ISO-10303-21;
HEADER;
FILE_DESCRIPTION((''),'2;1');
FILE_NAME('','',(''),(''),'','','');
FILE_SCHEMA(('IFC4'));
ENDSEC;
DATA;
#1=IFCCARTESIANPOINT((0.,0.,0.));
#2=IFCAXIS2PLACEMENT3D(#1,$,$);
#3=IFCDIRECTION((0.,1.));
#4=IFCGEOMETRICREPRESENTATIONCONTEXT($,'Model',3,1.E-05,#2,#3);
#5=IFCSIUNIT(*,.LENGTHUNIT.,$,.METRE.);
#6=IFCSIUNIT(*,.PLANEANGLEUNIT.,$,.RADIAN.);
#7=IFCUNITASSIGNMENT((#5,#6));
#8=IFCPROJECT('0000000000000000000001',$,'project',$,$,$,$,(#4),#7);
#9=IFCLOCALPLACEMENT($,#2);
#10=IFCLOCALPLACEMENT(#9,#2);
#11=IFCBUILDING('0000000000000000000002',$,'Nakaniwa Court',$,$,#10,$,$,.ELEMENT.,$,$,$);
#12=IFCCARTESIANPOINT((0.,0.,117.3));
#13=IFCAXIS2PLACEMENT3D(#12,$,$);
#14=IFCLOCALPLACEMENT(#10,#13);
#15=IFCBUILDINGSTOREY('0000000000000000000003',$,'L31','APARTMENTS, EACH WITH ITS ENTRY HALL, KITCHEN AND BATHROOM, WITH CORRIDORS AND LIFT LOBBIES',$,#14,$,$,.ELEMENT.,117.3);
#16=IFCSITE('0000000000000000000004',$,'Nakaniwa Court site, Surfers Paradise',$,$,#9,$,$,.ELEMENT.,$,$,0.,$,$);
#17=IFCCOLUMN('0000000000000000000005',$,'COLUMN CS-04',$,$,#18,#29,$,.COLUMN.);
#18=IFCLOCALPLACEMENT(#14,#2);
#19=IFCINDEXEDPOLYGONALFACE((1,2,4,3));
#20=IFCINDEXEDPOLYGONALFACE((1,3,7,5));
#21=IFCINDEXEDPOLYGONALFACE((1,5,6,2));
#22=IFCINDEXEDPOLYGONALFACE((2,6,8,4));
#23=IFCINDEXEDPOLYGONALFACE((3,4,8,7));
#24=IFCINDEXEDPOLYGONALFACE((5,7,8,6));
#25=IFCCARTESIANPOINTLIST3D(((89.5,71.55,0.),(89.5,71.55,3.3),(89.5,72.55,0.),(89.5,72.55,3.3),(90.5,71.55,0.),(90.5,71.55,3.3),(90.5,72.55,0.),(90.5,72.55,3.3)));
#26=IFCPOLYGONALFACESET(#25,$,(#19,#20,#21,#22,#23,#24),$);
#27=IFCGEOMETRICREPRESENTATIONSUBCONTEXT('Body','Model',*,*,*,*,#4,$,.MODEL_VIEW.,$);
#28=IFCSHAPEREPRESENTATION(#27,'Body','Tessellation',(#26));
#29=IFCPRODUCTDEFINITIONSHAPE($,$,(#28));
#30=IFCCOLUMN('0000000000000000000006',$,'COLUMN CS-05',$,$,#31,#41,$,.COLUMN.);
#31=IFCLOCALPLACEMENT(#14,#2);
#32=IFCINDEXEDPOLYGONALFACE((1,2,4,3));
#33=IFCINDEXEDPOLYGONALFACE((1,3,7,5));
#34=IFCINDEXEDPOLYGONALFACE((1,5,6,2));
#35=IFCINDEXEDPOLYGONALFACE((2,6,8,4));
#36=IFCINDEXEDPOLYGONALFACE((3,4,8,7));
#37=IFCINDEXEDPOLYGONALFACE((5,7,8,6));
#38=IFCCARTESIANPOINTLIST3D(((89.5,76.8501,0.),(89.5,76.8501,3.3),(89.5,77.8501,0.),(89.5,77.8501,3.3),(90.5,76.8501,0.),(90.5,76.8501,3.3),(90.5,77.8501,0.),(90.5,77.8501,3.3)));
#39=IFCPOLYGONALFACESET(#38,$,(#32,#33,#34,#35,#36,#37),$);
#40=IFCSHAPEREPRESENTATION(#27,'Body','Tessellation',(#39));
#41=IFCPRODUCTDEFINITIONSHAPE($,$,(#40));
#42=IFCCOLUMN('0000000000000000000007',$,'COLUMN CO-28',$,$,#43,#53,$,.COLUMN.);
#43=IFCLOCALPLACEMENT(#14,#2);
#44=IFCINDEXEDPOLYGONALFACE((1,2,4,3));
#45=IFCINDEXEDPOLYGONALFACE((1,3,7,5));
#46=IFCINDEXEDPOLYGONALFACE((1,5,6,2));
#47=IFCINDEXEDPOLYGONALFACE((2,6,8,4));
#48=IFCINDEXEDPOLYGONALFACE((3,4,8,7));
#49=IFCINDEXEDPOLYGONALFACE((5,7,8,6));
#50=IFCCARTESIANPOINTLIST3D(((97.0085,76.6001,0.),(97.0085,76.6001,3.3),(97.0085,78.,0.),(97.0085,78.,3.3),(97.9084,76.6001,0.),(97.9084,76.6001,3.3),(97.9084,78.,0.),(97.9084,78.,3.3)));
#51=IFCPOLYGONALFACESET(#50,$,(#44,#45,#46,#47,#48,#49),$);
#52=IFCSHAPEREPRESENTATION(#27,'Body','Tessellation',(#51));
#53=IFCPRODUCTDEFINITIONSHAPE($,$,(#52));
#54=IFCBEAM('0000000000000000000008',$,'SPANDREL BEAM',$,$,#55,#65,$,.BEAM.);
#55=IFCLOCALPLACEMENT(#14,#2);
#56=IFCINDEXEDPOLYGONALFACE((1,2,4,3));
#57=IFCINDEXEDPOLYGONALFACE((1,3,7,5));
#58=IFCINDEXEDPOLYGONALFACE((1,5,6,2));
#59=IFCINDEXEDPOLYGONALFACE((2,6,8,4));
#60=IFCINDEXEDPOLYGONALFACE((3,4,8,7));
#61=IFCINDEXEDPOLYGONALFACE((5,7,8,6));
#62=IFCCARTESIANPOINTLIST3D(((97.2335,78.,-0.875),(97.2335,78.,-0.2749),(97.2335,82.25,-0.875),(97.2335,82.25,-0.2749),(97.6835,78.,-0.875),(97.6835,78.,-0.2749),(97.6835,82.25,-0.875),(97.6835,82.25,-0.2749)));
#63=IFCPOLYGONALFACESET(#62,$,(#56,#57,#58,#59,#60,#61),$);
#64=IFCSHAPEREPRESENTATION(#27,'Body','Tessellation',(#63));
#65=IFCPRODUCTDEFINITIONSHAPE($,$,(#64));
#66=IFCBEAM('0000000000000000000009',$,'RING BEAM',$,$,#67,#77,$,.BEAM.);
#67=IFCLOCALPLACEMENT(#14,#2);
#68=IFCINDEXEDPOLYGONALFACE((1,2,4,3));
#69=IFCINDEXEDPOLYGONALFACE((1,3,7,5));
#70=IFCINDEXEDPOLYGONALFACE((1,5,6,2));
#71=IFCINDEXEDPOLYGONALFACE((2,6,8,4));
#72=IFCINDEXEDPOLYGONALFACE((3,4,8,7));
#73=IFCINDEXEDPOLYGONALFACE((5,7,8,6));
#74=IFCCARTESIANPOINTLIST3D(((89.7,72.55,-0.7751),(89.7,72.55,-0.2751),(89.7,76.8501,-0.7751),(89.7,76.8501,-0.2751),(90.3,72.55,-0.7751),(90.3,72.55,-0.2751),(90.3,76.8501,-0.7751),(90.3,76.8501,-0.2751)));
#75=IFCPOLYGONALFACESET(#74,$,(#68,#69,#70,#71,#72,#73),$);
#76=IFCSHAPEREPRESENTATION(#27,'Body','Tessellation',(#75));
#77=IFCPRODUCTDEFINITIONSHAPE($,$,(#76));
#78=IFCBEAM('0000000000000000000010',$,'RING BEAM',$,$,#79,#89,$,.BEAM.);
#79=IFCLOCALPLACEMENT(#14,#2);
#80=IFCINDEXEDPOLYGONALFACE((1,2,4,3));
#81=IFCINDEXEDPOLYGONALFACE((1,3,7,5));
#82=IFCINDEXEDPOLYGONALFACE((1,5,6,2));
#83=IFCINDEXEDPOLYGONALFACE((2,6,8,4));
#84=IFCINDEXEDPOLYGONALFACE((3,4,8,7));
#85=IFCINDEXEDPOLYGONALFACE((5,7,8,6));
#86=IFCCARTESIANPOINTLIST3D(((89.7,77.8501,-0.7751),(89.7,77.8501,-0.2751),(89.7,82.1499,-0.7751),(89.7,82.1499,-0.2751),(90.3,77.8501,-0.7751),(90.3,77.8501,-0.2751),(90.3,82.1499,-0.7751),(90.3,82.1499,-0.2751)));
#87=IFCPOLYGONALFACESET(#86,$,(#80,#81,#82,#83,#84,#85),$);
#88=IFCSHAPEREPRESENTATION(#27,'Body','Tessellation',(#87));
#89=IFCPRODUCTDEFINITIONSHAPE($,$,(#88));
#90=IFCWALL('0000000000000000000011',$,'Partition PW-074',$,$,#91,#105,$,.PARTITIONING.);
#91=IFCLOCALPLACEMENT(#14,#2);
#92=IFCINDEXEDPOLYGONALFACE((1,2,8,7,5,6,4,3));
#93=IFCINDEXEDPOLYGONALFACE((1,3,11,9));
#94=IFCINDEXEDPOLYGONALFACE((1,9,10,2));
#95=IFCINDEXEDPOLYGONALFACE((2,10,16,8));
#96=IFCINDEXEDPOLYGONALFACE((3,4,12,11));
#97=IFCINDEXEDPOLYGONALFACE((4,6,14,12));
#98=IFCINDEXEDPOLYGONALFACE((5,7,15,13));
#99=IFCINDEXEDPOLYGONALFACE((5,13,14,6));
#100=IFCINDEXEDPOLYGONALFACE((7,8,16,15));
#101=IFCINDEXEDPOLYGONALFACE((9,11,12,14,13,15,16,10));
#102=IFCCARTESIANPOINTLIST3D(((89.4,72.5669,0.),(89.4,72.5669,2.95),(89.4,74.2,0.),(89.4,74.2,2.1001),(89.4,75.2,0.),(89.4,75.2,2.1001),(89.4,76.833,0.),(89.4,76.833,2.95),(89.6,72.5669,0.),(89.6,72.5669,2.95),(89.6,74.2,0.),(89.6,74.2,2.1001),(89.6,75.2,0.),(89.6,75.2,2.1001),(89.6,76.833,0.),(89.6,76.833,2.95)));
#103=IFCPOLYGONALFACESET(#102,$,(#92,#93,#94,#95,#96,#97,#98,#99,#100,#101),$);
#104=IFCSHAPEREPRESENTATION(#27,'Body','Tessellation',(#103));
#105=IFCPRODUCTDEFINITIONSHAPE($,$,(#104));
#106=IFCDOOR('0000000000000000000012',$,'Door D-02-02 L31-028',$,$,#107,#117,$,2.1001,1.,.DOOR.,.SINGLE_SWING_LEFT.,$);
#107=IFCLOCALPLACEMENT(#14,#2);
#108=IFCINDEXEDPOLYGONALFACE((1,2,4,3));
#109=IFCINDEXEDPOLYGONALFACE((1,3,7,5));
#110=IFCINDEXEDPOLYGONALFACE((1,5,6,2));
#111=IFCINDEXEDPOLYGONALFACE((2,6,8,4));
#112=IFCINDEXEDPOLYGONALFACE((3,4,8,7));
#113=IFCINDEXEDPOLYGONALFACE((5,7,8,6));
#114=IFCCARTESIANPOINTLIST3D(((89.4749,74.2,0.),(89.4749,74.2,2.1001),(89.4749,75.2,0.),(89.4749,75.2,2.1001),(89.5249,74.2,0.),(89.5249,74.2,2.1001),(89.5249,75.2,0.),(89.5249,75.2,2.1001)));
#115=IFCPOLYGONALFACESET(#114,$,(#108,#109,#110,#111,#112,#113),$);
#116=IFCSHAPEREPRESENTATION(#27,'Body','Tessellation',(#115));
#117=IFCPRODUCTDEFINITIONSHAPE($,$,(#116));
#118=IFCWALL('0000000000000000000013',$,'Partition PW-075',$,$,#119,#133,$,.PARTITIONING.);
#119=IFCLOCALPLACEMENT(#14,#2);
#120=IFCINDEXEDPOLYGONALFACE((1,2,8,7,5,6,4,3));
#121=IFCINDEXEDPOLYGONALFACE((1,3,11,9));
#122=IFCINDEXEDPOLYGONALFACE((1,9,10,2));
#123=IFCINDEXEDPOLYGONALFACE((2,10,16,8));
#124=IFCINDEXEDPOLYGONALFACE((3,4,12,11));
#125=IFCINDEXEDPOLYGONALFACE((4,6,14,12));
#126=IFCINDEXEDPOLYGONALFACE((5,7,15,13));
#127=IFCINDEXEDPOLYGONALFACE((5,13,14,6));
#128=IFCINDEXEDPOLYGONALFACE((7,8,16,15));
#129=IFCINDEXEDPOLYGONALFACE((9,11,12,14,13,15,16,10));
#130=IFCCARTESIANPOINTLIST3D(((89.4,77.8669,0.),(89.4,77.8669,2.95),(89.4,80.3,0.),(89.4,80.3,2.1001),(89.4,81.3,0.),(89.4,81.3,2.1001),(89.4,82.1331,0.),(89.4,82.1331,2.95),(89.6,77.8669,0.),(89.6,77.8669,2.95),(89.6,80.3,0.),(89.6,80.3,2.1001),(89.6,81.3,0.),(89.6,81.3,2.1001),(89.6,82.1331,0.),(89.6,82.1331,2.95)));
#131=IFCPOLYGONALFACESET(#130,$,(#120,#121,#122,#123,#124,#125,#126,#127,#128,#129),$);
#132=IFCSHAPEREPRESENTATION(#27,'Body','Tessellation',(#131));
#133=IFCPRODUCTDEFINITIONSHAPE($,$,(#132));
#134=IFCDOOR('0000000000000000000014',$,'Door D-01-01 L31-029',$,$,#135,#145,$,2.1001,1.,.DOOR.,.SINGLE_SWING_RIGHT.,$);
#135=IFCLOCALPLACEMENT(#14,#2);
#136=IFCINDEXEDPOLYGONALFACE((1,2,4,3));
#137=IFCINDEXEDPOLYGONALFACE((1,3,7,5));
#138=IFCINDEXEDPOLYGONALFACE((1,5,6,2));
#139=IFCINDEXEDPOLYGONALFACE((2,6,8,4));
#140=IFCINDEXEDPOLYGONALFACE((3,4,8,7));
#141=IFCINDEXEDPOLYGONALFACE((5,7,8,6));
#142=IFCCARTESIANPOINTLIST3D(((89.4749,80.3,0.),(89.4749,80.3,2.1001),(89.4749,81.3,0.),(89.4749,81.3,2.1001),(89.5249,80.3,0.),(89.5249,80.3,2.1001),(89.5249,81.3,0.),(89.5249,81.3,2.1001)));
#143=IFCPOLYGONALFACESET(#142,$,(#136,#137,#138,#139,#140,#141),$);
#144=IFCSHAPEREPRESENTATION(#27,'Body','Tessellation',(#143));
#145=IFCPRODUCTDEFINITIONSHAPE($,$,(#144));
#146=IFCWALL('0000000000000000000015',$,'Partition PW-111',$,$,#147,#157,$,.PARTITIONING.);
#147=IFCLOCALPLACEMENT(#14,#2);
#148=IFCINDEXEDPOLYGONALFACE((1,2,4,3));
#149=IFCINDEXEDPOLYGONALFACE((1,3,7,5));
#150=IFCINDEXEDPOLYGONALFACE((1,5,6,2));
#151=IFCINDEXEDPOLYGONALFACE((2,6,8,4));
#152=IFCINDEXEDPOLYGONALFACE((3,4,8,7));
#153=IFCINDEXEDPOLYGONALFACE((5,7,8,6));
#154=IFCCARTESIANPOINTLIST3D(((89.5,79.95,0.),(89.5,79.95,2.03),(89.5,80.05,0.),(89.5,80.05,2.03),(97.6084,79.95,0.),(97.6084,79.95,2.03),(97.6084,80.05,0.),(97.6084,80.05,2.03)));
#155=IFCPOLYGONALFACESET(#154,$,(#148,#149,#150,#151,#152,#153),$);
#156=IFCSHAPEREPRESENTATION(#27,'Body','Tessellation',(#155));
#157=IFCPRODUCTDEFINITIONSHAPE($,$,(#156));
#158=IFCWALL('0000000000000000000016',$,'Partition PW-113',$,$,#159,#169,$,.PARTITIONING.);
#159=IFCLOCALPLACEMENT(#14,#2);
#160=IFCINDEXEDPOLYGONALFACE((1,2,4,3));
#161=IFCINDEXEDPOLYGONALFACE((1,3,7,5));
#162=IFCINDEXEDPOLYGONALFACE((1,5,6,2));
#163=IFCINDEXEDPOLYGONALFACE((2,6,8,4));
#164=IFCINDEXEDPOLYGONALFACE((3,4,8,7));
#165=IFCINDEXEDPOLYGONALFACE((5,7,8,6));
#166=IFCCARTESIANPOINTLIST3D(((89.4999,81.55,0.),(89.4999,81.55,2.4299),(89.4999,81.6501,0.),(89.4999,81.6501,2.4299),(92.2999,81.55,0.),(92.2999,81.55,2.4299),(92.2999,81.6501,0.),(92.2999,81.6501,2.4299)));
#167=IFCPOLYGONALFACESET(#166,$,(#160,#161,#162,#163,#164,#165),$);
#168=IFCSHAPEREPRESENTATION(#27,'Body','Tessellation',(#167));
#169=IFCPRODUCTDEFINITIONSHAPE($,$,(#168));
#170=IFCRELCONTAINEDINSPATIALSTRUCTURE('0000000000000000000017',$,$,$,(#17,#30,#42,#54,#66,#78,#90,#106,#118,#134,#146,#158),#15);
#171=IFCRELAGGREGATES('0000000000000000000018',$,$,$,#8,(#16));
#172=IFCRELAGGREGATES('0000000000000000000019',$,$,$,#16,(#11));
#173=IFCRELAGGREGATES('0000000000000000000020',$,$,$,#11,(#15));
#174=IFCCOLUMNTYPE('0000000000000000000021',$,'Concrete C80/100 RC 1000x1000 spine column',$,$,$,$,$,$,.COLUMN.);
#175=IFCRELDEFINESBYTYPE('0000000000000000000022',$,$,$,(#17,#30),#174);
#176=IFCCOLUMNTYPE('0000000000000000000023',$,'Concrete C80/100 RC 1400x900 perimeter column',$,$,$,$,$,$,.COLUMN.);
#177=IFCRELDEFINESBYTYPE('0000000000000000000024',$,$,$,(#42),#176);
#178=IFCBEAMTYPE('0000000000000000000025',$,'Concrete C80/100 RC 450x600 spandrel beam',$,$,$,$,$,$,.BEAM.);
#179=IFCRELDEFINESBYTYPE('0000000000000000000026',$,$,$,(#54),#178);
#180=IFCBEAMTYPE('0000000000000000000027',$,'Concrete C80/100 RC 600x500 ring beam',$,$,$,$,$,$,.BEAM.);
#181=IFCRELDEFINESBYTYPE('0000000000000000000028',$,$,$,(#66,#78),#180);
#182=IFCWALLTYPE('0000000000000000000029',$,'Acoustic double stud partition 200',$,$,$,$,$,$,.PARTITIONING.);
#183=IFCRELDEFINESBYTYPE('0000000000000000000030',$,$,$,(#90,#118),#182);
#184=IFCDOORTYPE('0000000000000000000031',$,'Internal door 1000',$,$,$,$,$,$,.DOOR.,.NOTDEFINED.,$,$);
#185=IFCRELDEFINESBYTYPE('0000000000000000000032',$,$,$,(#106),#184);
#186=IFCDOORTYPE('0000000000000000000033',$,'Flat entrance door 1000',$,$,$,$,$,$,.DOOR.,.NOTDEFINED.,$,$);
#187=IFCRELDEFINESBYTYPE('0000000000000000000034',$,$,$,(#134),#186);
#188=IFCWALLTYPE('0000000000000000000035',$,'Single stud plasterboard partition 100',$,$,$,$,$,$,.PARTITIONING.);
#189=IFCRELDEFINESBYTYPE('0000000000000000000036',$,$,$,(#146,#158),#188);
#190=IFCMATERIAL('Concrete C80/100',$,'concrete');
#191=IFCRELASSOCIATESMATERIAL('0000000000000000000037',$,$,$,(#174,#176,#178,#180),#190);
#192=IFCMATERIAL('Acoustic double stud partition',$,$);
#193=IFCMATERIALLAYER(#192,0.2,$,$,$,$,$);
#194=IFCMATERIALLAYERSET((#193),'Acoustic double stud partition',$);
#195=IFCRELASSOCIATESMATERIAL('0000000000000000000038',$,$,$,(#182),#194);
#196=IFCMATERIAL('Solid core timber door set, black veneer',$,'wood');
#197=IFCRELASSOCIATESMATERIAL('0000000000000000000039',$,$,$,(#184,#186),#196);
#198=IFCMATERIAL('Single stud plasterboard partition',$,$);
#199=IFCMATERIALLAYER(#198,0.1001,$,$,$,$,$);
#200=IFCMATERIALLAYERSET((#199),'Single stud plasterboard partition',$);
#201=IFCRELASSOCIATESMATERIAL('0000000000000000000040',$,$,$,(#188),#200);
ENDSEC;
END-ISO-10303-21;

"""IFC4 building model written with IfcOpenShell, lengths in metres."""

from ifc_helpers import new_model, si_unit, direction, frame, frame_2d, origin, origin_2d, place, context, subcontext, project, spatial, rectangle, extrude, material, layer, layer_set, material_profile, profile_set, type_object, element, fill, save


model = new_model("IFC4")

# Units and contexts
model_context = context("Model", 3, precision=1e-05, world=origin(), true_north=direction((0.0, 1.0)))
body_context = subcontext(model_context, "Body", "Model", "MODEL_VIEW")
ifc_project = project(units=[si_unit("LENGTHUNIT", "METRE"), si_unit("PLANEANGLEUNIT", "RADIAN")], contexts=[model_context])

# Site, building, storey
site_placement = place(None, origin())
site = spatial("IfcSite", under=ifc_project, at=site_placement, Name="Nakaniwa Court site, Surfers Paradise", CompositionType="ELEMENT", RefElevation=0.0)
building_placement = place(site_placement, origin())
building = spatial("IfcBuilding", under=site, at=building_placement, Name="Nakaniwa Court", CompositionType="ELEMENT")
storey_placement = place(building_placement, frame((0.0, 0.0, 117.3)))
storey = spatial("IfcBuildingStorey", under=building, at=storey_placement, Name="L31", Description="APARTMENTS, EACH WITH ITS ENTRY HALL, KITCHEN AND BATHROOM, WITH CORRIDORS AND LIFT LOBBIES", CompositionType="ELEMENT", Elevation=117.3)

# Columns
ifc_material_1 = material(Name="Concrete C80/100", Category="concrete")
ifc_material_profile_1 = material_profile(ifc_material_1, rectangle(XDim=1.0, YDim=1.0, at=origin_2d()), Name="Concrete C80/100 RC 1000x1000 spine column")
ifc_profile_set_1 = profile_set([ifc_material_profile_1], Name="Concrete C80/100")
column_type_1 = type_object("IfcColumnType", Name="Concrete C80/100 RC 1000x1000 spine column", PredefinedType="COLUMN", material=ifc_profile_set_1)
for number, where, z_axis, x_axis, name in (
    (1, (90.0, 72.05, 0.0), (0.0, 0.0, 1.0), (0.0, 1.0, 0.0), "COLUMN CS-04"),
    (2, (90.0, 77.3501, 0.0), (0.0, 0.0, 1.0), (0.0, 1.0, 0.0), "COLUMN CS-05"),
):
    element("IfcColumn", number, at=place(storey_placement, frame(where, z_axis=z_axis, x_axis=x_axis)), inside=storey, type_object=column_type_1, Name=name, PredefinedType="COLUMN", context=body_context, shape_type="SweptSolid", body=[
        extrude(rectangle(XDim=1.0, YDim=1.0, at=origin_2d()), origin(), (0.0, 0.0, 1.0), 3.3),
    ])
ifc_material_profile_2 = material_profile(ifc_material_1, rectangle(XDim=1.3999, YDim=0.8999, at=origin_2d()), Name="Concrete C80/100 RC 1400x900 perimeter column")
ifc_profile_set_2 = profile_set([ifc_material_profile_2], Name="Concrete C80/100")
column_type_2 = type_object("IfcColumnType", Name="Concrete C80/100 RC 1400x900 perimeter column", PredefinedType="COLUMN", material=ifc_profile_set_2)
column_placement = place(storey_placement, frame((97.4585, 77.3, 0.0), z_axis=(0.0, 0.0, 1.0), x_axis=(0.0, 1.0, 0.0)))
element("IfcColumn", 3, at=column_placement, inside=storey, type_object=column_type_2, Name="COLUMN CO-28", PredefinedType="COLUMN", context=body_context, shape_type="SweptSolid", body=[
    extrude(rectangle(XDim=1.3999, YDim=0.8999, at=origin_2d()), origin(), (0.0, 0.0, 1.0), 3.3),
])

# Beams
ifc_material_profile_3 = material_profile(ifc_material_1, rectangle(XDim=0.45, YDim=0.6001, at=origin_2d()), Name="Concrete C80/100 RC 450x600 spandrel beam")
ifc_profile_set_3 = profile_set([ifc_material_profile_3], Name="Concrete C80/100")
beam_type_1 = type_object("IfcBeamType", Name="Concrete C80/100 RC 450x600 spandrel beam", PredefinedType="BEAM", material=ifc_profile_set_3)
beam_1_placement = place(storey_placement, frame((97.4585, 78.0, -0.575), z_axis=(0.0, 1.0, 0.0), x_axis=(-1.0, 0.0, 0.0)))
element("IfcBeam", 4, at=beam_1_placement, inside=storey, type_object=beam_type_1, Name="SPANDREL BEAM", PredefinedType="BEAM", context=body_context, shape_type="SweptSolid", body=[
    extrude(rectangle(XDim=0.45, YDim=0.6001, at=origin_2d()), origin(), (0.0, 0.0, 1.0), 4.25),
])
ifc_material_profile_4 = material_profile(ifc_material_1, rectangle(XDim=0.6001, YDim=0.5, at=origin_2d()), Name="Concrete C80/100 RC 600x500 ring beam")
ifc_profile_set_4 = profile_set([ifc_material_profile_4], Name="Concrete C80/100")
beam_type_2 = type_object("IfcBeamType", Name="Concrete C80/100 RC 600x500 ring beam", PredefinedType="BEAM", material=ifc_profile_set_4)
beam_2_placement = place(storey_placement, frame((90.0, 72.55, -0.5251), z_axis=(0.0, 1.0, 0.0), x_axis=(-1.0, 0.0, 0.0)))
element("IfcBeam", 5, at=beam_2_placement, inside=storey, type_object=beam_type_2, Name="RING BEAM", PredefinedType="BEAM", context=body_context, shape_type="SweptSolid", body=[
    extrude(rectangle(XDim=0.6001, YDim=0.5, at=origin_2d()), origin(), (0.0, 0.0, 1.0), 4.3),
])
beam_3_placement = place(storey_placement, frame((90.0, 77.8501, -0.5251), z_axis=(0.0, 1.0, 0.0), x_axis=(-1.0, 0.0, 0.0)))
element("IfcBeam", 6, at=beam_3_placement, inside=storey, type_object=beam_type_2, Name="RING BEAM", PredefinedType="BEAM", context=body_context, shape_type="SweptSolid", body=[
    extrude(rectangle(XDim=0.6001, YDim=0.5, at=origin_2d()), origin(), (0.0, 0.0, 1.0), 4.2998),
])

# Walls, openings, doors
ifc_material_2 = material(Name="Acoustic double stud partition")
ifc_layer_1 = layer(ifc_material_2, 0.2)
ifc_layer_set_1 = layer_set([ifc_layer_1], Name="Acoustic double stud partition")
wall_type_1 = type_object("IfcWallType", Name="Acoustic double stud partition 200", PredefinedType="PARTITIONING", material=ifc_layer_set_1)
wall_1_placement = place(storey_placement, frame((89.5, 76.833, 0.0), z_axis=(0.0, 0.0, 1.0), x_axis=(0.0, -1.0, 0.0)))
wall_1 = element("IfcWall", 7, at=wall_1_placement, inside=storey, type_object=wall_type_1, Name="Partition PW-074", PredefinedType="PARTITIONING", context=body_context, shape_type="SweptSolid", body=[
    extrude(rectangle(XDim=4.2661, YDim=0.2, at=frame_2d((2.1331, 0.0))), origin(), (0.0, 0.0, 1.0), 2.95),
])
opening_1_placement = place(wall_1_placement, frame((1.6331, 0.0, 0.0)))
opening_1 = element("IfcOpeningElement", 8, at=opening_1_placement, cuts=wall_1, PredefinedType="OPENING", context=body_context, shape_type="SweptSolid", body=[
    extrude(rectangle(XDim=1.0, YDim=2.1001, at=frame_2d((0.5, 1.05))), frame((0.0, 0.1099, 0.0), z_axis=(0.0, -1.0, 0.0), x_axis=(1.0, 0.0, 0.0)), (0.0, 0.0, 1.0), 0.22),
])
ifc_material_3 = material(Name="Solid core timber door set, black veneer", Category="wood")
door_type_1 = type_object("IfcDoorType", Name="Internal door 1000", OperationType="NOTDEFINED", PredefinedType="DOOR", material=ifc_material_3)
door_1_placement = place(opening_1_placement, origin())
door_1 = element("IfcDoor", 9, at=door_1_placement, inside=storey, type_object=door_type_1, Name="Door D-02-02 L31-028", OperationType="SINGLE_SWING_LEFT", OverallHeight=2.1001, OverallWidth=1.0, PredefinedType="DOOR", context=body_context, shape_type="SweptSolid", body=[
    extrude(rectangle(XDim=1.0, YDim=2.1001, at=frame_2d((0.5, 1.05))), frame((0.0, 0.0249, 0.0), z_axis=(0.0, -1.0, 0.0), x_axis=(1.0, 0.0, 0.0)), (0.0, 0.0, 1.0), 0.05),
])
fill(opening_1, door_1)
wall_2_placement = place(storey_placement, frame((89.5, 82.1331, 0.0), z_axis=(0.0, 0.0, 1.0), x_axis=(0.0, -1.0, 0.0)))
wall_2 = element("IfcWall", 10, at=wall_2_placement, inside=storey, type_object=wall_type_1, Name="Partition PW-075", PredefinedType="PARTITIONING", context=body_context, shape_type="SweptSolid", body=[
    extrude(rectangle(XDim=4.2661, YDim=0.2, at=frame_2d((2.1331, 0.0))), origin(), (0.0, 0.0, 1.0), 2.95),
])
opening_2_placement = place(wall_2_placement, frame((0.833, 0.0, 0.0)))
opening_2 = element("IfcOpeningElement", 11, at=opening_2_placement, cuts=wall_2, PredefinedType="OPENING", context=body_context, shape_type="SweptSolid", body=[
    extrude(rectangle(XDim=1.0, YDim=2.1001, at=frame_2d((0.5, 1.05))), frame((0.0, 0.1099, 0.0), z_axis=(0.0, -1.0, 0.0), x_axis=(1.0, 0.0, 0.0)), (0.0, 0.0, 1.0), 0.22),
])
door_type_2 = type_object("IfcDoorType", Name="Flat entrance door 1000", OperationType="NOTDEFINED", PredefinedType="DOOR", material=ifc_material_3)
door_2_placement = place(opening_2_placement, origin())
door_2 = element("IfcDoor", 12, at=door_2_placement, inside=storey, type_object=door_type_2, Name="Door D-01-01 L31-029", OperationType="SINGLE_SWING_RIGHT", OverallHeight=2.1001, OverallWidth=1.0, PredefinedType="DOOR", context=body_context, shape_type="SweptSolid", body=[
    extrude(rectangle(XDim=1.0, YDim=2.1001, at=frame_2d((0.5, 1.05))), frame((0.0, 0.0249, 0.0), z_axis=(0.0, -1.0, 0.0), x_axis=(1.0, 0.0, 0.0)), (0.0, 0.0, 1.0), 0.05),
])
fill(opening_2, door_2)

# Walls
ifc_material_4 = material(Name="Single stud plasterboard partition")
ifc_layer_2 = layer(ifc_material_4, 0.1001)
ifc_layer_set_2 = layer_set([ifc_layer_2], Name="Single stud plasterboard partition")
wall_type_2 = type_object("IfcWallType", Name="Single stud plasterboard partition 100", PredefinedType="PARTITIONING", material=ifc_layer_set_2)
wall_3_placement = place(storey_placement, frame((89.5, 80.0, 0.0), z_axis=(0.0, 0.0, 1.0), x_axis=(1.0, 0.0, 0.0)))
element("IfcWall", 13, at=wall_3_placement, inside=storey, type_object=wall_type_2, Name="Partition PW-111", PredefinedType="PARTITIONING", context=body_context, shape_type="SweptSolid", body=[
    extrude(rectangle(XDim=8.1084, YDim=0.1001, at=frame_2d((4.0542, 0.0))), origin(), (0.0, 0.0, 1.0), 2.03),
])
wall_4_placement = place(storey_placement, frame((89.5, 81.6001, 0.0), z_axis=(0.0, 0.0, 1.0), x_axis=(1.0, 0.0, 0.0)))
element("IfcWall", 14, at=wall_4_placement, inside=storey, type_object=wall_type_2, Name="Partition PW-113", PredefinedType="PARTITIONING", context=body_context, shape_type="SweptSolid", body=[
    extrude(rectangle(XDim=2.8, YDim=0.1001, at=frame_2d((1.3999, 0.0))), origin(), (0.0, 0.0, 1.0), 2.4299),
])

save(model, "model.ifc")
